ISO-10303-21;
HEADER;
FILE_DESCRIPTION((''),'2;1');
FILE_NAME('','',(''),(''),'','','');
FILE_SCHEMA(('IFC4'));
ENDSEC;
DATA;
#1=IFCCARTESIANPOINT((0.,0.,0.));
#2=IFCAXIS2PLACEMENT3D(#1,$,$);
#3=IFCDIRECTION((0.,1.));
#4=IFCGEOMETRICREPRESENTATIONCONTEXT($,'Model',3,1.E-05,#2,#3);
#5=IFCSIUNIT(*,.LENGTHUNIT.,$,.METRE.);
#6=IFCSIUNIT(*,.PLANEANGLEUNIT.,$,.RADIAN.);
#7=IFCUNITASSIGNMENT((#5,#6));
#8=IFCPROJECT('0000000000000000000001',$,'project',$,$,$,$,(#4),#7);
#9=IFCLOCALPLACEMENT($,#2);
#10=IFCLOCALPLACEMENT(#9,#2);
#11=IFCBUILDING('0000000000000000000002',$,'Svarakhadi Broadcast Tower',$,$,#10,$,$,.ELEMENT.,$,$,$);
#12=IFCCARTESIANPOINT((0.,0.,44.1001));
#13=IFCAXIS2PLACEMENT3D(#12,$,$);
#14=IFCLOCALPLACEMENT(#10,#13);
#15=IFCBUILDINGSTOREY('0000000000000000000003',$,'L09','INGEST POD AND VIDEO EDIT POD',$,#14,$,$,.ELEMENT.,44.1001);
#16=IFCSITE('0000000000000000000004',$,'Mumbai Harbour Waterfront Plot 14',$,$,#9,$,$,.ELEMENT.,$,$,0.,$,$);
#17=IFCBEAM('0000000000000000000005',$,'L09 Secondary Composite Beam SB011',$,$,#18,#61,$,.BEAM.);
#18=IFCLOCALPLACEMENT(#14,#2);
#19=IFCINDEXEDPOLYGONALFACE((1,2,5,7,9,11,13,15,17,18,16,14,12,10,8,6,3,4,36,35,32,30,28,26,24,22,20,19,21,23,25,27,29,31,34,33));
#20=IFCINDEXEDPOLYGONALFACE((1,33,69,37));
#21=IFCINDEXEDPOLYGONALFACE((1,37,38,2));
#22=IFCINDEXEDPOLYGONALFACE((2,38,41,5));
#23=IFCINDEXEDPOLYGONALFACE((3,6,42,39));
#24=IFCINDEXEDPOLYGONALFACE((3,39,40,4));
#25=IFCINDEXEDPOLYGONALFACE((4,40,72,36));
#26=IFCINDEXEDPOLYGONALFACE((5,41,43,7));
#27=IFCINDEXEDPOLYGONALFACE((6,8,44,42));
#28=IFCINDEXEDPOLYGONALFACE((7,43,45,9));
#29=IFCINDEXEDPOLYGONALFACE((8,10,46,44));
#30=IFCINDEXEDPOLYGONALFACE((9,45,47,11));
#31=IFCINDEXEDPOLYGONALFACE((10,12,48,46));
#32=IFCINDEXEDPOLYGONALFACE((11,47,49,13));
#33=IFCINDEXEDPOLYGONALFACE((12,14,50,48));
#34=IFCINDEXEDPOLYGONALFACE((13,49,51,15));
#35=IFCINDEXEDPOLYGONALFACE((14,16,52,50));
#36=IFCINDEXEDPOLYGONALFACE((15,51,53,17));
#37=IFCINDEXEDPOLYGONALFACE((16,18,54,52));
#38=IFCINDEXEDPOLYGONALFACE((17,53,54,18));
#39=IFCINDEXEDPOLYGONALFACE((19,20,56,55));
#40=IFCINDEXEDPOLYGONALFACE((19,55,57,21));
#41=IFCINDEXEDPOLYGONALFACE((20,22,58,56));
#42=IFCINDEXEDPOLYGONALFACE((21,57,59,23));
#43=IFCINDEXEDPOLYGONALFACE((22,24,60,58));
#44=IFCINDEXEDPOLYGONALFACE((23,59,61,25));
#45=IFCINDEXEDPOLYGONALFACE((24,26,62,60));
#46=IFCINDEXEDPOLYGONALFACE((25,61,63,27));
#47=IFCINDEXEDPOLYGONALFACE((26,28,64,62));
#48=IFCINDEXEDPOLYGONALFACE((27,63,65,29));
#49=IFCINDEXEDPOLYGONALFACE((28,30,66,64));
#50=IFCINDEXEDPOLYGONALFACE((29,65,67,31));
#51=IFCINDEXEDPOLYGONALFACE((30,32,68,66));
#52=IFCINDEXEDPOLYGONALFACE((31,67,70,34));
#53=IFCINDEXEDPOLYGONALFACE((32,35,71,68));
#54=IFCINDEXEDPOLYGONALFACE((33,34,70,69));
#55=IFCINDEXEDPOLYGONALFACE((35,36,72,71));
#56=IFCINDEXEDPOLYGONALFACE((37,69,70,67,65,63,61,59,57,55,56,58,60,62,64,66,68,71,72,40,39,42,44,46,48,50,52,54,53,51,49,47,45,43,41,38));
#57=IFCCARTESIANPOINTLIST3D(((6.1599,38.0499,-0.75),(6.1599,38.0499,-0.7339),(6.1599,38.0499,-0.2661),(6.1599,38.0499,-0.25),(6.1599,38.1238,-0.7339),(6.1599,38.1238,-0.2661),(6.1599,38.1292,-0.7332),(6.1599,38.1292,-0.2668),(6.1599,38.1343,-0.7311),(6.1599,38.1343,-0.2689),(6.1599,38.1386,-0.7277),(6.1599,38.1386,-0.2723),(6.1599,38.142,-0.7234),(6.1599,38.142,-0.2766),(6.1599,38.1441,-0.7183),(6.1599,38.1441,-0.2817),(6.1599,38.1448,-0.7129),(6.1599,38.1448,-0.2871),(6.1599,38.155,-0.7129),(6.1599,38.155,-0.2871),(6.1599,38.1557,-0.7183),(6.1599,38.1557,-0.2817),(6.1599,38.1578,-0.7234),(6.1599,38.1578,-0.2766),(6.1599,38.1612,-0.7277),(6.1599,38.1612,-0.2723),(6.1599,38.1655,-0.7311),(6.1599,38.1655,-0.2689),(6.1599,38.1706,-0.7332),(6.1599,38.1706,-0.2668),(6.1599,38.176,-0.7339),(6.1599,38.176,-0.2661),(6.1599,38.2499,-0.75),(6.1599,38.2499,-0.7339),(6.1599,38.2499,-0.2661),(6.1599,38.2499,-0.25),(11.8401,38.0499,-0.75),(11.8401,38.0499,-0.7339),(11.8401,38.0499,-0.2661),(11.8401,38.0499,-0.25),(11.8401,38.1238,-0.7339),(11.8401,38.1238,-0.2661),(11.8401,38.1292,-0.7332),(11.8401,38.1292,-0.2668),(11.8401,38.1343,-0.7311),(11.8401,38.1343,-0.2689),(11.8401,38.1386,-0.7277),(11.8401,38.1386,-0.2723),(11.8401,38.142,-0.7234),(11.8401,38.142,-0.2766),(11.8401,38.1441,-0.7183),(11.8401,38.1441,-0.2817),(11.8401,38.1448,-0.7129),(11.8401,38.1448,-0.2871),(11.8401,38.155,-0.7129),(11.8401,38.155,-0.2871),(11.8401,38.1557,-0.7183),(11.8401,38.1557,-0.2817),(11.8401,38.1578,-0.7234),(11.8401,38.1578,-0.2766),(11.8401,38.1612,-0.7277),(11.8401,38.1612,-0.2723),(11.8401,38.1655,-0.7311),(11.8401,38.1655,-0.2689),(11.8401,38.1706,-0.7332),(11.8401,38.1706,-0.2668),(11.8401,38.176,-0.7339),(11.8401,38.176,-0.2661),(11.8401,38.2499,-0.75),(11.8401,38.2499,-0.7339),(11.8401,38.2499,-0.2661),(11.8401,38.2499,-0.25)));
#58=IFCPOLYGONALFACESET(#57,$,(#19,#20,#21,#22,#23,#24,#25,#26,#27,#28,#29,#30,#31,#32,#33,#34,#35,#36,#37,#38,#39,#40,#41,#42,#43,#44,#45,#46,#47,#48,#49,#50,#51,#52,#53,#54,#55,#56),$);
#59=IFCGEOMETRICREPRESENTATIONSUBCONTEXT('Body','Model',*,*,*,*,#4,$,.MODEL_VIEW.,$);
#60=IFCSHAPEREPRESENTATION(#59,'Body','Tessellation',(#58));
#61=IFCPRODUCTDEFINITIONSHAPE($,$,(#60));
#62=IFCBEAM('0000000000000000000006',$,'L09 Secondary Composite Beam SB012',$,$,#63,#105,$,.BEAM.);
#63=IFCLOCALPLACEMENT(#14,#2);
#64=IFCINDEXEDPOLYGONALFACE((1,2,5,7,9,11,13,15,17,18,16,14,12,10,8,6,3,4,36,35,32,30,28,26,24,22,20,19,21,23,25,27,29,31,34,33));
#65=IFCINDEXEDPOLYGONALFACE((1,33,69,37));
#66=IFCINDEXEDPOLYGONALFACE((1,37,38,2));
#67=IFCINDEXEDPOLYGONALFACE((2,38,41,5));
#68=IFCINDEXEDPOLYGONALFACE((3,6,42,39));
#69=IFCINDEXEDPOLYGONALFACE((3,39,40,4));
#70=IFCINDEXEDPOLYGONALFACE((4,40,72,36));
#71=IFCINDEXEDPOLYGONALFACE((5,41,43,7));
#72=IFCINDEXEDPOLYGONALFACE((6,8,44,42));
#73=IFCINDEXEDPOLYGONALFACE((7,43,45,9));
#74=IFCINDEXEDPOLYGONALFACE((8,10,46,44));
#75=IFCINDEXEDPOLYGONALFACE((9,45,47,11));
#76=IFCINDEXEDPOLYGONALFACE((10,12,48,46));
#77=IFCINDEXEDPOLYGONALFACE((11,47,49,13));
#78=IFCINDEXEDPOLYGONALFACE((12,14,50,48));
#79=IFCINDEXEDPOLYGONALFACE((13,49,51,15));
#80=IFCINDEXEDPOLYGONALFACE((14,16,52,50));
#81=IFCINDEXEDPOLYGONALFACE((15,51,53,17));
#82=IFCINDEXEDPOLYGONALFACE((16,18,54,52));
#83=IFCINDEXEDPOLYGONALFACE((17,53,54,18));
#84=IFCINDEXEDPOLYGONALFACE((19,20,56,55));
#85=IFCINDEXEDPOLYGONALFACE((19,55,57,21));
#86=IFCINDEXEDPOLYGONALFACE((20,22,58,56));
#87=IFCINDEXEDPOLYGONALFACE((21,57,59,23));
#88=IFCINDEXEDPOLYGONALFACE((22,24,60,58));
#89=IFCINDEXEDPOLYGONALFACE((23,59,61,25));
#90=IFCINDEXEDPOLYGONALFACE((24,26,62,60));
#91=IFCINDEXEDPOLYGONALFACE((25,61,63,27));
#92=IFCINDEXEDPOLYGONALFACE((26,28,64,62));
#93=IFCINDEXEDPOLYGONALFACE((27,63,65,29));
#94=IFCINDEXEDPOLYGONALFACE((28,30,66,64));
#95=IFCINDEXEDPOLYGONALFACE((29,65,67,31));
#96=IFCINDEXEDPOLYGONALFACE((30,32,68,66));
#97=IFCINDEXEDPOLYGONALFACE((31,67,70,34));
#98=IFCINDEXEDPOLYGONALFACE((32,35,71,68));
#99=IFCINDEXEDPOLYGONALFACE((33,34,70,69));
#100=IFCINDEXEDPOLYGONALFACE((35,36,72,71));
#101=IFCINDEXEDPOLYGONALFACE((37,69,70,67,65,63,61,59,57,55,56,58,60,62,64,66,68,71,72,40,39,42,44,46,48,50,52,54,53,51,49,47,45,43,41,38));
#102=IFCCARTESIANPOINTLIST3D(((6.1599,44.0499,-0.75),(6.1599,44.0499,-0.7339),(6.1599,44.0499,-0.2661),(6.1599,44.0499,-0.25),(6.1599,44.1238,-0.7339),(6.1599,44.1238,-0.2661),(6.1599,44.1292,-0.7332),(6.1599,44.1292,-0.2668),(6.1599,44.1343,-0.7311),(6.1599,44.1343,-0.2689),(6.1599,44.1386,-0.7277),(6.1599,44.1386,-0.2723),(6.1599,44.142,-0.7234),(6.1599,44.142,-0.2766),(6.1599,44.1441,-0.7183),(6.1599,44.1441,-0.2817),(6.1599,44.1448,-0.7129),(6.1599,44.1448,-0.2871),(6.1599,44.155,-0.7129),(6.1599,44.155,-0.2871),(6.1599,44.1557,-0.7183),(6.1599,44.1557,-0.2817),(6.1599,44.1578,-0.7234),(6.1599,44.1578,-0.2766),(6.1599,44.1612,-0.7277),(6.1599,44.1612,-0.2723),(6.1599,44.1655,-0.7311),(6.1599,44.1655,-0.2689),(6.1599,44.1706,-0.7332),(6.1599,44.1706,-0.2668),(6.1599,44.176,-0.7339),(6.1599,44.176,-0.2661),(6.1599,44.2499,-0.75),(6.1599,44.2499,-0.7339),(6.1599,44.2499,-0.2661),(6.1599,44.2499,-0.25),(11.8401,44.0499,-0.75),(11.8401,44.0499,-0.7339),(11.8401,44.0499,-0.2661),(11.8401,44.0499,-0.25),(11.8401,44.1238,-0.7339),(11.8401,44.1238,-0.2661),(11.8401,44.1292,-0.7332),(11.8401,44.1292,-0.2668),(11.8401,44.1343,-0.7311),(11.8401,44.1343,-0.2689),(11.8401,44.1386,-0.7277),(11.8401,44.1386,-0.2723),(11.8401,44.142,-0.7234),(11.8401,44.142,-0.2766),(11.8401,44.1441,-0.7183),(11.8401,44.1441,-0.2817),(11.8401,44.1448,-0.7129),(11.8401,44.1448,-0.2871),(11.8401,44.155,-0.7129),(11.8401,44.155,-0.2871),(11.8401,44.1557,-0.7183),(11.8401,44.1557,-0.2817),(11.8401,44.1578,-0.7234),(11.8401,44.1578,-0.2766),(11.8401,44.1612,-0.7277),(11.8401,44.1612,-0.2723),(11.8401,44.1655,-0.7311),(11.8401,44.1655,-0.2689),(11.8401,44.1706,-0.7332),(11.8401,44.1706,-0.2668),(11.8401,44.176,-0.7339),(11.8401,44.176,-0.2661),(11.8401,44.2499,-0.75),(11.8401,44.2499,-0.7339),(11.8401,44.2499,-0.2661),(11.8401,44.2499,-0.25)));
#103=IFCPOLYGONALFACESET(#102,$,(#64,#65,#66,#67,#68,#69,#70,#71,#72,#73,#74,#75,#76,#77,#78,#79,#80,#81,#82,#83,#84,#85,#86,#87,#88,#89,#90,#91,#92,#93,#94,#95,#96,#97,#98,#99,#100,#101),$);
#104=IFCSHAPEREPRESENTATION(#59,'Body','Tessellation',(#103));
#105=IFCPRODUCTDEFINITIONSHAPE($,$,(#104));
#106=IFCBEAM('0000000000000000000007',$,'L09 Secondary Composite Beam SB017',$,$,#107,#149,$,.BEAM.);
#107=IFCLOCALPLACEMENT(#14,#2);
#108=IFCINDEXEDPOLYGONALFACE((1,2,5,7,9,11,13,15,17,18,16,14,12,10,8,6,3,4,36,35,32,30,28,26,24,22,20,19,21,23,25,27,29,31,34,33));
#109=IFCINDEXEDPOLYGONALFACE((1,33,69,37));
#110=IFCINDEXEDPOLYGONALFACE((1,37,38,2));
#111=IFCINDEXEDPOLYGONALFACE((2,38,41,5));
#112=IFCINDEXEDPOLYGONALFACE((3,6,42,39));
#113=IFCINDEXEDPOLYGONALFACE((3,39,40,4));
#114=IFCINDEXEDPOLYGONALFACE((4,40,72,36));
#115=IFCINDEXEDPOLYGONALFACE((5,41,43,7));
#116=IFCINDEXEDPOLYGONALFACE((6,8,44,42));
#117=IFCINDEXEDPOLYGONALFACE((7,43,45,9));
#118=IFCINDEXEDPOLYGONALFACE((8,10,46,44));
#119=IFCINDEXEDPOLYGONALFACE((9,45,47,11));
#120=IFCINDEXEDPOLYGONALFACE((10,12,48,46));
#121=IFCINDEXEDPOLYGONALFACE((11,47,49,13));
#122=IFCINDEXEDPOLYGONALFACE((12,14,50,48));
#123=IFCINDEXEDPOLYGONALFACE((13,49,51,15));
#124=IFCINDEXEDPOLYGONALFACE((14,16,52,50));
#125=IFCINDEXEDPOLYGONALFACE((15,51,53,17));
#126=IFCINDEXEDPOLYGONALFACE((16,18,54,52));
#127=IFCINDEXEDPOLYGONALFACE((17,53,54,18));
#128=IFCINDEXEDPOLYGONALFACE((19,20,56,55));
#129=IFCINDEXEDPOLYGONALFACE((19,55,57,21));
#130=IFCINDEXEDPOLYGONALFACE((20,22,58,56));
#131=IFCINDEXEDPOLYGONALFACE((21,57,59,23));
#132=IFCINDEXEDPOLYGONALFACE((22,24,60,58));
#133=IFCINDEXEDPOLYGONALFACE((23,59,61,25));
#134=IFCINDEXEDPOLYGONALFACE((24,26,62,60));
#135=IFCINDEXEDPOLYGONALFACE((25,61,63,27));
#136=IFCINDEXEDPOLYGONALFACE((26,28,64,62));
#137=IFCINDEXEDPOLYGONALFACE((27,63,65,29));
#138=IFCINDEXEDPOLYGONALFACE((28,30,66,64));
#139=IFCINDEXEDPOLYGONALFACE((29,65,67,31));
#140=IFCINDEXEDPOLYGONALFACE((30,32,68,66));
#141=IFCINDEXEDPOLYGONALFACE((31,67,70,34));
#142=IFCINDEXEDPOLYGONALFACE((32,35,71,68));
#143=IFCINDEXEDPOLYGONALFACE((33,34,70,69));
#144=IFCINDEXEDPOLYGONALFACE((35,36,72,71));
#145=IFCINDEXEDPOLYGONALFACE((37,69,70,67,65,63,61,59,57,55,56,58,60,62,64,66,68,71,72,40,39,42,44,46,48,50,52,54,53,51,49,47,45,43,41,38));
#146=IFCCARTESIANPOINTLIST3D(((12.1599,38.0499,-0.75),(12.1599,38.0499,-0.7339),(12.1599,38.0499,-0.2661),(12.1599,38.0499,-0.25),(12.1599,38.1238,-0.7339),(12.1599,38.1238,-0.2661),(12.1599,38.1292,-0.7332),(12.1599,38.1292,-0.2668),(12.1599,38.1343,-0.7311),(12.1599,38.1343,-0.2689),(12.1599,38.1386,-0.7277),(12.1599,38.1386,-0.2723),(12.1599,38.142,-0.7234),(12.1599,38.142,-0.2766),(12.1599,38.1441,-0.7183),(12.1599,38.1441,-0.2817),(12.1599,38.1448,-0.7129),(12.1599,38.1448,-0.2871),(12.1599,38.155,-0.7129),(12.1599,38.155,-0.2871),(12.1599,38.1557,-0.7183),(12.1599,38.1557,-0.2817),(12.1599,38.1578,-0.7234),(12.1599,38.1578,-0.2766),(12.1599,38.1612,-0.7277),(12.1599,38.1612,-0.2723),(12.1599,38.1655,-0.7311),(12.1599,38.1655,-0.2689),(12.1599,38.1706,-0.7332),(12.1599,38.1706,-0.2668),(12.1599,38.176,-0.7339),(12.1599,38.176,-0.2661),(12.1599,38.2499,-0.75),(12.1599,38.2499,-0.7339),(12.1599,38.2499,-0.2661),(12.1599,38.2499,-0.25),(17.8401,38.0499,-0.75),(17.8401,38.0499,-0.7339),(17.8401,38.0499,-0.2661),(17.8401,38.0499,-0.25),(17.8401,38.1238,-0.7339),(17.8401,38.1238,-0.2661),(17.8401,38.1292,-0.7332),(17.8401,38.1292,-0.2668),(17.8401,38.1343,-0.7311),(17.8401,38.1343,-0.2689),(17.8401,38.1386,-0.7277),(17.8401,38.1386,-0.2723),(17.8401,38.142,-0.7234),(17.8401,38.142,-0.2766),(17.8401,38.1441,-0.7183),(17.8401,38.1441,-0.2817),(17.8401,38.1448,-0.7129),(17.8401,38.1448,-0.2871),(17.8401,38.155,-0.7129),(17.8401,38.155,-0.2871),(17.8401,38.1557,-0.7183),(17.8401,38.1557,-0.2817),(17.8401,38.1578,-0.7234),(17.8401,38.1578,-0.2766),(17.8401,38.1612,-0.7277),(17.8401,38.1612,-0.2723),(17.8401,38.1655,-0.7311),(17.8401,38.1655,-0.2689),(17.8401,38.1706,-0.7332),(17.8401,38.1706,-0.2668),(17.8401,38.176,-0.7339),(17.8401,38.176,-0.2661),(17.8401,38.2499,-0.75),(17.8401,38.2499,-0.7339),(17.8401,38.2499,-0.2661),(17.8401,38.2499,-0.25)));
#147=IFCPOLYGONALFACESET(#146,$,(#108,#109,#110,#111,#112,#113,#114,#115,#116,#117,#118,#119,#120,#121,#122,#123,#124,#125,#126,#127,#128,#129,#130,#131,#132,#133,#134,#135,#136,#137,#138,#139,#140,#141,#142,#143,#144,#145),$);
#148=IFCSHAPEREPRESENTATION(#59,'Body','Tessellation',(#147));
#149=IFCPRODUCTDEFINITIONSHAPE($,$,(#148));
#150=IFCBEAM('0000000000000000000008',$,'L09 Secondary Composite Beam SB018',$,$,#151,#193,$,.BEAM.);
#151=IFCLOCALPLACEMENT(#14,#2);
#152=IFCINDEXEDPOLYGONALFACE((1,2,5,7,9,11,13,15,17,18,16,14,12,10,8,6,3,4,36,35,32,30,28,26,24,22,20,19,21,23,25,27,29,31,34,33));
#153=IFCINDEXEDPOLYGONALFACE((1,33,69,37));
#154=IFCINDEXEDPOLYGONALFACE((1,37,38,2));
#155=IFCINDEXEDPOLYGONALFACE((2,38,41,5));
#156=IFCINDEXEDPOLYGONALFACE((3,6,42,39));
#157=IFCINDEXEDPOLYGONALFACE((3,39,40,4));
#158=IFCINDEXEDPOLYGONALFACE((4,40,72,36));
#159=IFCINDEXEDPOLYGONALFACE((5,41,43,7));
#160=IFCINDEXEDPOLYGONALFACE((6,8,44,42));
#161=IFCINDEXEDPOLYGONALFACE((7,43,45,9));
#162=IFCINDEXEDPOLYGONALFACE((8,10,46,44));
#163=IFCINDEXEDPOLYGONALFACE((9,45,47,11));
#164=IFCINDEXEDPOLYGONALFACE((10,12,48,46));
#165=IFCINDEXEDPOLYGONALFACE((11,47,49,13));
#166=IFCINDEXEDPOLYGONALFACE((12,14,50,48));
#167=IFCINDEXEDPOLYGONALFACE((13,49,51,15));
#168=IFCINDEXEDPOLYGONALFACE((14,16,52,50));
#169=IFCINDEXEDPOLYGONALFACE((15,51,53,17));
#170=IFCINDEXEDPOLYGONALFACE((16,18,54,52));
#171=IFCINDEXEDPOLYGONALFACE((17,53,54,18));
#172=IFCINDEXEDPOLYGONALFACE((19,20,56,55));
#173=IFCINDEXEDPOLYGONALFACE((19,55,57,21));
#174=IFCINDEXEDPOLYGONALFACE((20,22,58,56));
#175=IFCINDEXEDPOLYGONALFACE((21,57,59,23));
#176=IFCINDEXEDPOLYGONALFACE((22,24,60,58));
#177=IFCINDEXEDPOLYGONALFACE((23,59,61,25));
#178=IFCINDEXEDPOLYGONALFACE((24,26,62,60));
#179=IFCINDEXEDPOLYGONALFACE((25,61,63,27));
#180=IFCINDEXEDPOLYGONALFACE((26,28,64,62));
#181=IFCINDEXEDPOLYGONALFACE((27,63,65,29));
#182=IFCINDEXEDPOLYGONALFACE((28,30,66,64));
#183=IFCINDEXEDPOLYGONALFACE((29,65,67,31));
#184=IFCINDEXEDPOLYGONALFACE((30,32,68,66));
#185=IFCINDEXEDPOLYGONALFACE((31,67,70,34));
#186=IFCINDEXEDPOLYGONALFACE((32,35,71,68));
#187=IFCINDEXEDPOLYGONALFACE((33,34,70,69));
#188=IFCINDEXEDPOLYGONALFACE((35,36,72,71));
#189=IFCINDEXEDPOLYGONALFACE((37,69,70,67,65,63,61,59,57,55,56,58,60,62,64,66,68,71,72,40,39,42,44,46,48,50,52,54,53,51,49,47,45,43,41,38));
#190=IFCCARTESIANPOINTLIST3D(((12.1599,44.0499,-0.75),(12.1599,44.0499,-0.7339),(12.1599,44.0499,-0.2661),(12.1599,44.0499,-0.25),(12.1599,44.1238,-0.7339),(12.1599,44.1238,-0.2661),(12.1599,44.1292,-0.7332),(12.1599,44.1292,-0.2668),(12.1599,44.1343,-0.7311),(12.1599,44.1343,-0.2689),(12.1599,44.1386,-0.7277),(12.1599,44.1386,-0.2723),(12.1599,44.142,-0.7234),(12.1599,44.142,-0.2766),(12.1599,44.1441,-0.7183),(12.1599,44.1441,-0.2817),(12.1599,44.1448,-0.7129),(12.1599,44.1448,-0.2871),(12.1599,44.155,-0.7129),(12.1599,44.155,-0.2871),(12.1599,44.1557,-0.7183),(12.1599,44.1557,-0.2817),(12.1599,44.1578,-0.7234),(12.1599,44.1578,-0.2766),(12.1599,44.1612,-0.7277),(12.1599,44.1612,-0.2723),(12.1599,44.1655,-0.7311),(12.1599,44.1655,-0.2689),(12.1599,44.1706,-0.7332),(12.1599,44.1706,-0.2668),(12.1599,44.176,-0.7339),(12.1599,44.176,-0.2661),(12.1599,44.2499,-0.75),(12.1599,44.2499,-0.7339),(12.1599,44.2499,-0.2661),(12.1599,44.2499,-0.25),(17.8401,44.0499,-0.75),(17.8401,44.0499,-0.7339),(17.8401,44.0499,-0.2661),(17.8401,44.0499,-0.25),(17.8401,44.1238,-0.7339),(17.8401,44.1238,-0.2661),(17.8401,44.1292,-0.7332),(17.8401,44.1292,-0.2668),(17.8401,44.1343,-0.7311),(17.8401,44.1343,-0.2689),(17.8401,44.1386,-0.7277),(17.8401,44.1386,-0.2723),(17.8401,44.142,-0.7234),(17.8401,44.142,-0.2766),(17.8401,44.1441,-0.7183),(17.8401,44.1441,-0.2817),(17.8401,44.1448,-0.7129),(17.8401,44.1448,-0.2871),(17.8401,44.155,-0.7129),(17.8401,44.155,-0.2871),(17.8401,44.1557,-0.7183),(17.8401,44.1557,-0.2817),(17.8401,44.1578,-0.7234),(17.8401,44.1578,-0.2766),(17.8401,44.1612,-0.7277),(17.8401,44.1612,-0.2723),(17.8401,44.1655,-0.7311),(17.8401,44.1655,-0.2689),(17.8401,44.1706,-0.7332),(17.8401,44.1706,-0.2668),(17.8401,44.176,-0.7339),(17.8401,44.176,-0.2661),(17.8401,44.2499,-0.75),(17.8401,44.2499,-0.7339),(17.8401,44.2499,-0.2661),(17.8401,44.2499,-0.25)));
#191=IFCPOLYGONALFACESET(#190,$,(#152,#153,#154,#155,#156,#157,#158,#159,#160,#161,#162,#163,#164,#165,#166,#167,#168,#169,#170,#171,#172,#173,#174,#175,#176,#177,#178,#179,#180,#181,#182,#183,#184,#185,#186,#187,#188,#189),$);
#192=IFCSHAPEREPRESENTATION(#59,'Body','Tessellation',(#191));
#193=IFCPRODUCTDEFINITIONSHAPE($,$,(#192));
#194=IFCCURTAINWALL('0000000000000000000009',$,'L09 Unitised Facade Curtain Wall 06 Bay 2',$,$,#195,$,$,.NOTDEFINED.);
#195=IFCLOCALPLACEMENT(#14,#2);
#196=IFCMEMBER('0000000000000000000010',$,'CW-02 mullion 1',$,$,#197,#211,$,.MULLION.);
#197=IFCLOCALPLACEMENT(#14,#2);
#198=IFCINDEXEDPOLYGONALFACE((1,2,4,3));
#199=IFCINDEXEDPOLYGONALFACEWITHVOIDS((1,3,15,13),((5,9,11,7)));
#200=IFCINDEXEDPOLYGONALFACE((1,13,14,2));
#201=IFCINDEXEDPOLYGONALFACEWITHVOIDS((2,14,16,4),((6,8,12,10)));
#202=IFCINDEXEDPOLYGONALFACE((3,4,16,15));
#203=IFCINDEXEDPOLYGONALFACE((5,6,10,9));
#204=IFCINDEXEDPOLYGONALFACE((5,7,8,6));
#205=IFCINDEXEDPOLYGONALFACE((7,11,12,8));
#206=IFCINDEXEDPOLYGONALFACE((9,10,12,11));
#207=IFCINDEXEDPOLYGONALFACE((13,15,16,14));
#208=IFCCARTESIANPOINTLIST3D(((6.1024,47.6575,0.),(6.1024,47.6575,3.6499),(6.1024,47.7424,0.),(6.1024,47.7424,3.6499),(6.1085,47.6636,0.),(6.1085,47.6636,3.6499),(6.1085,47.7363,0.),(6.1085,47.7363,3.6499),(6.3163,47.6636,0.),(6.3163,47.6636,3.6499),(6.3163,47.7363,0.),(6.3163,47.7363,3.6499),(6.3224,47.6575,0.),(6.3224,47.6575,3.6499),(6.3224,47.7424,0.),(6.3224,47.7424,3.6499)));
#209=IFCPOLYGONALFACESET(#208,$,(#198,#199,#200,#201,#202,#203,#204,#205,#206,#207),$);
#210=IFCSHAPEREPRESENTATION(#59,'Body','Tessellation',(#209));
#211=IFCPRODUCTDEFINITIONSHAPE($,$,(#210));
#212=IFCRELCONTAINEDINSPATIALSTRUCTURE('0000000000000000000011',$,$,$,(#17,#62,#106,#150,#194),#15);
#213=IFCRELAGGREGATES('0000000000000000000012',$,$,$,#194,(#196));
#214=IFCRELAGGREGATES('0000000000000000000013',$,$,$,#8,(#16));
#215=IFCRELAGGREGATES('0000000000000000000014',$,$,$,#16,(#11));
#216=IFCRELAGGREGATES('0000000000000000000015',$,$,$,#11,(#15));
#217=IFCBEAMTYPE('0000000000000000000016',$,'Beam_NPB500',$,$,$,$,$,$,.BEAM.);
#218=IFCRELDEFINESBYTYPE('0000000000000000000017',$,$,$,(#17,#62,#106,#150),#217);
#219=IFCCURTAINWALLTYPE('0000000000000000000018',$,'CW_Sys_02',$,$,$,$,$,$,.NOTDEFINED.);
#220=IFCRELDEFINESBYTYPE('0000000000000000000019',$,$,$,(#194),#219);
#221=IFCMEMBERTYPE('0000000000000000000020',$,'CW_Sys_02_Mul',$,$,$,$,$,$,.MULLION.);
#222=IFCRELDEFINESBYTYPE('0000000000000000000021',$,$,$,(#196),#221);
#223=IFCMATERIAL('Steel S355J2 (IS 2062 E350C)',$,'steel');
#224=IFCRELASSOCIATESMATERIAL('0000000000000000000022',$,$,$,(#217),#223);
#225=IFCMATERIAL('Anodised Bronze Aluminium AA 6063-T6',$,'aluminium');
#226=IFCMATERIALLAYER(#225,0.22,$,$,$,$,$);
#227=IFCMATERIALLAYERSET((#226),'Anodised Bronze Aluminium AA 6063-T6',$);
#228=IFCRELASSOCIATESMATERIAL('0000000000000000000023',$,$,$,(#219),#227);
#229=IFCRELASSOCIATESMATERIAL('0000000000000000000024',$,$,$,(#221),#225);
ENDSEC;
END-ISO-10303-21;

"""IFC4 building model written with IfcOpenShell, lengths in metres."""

from ifc_helpers import new_model, si_unit, direction, frame, origin, origin_2d, place, context, subcontext, project, spatial, hollow_rectangle, i_section, extrude, material, layer, layer_set, material_profile, profile_set, type_object, element, aggregate, save


model = new_model("IFC4")

# Units and contexts
model_context = context("Model", 3, precision=1e-05, world=origin(), true_north=direction((0.0, 1.0)))
body_context = subcontext(model_context, "Body", "Model", "MODEL_VIEW")
ifc_project = project(units=[si_unit("LENGTHUNIT", "METRE"), si_unit("PLANEANGLEUNIT", "RADIAN")], contexts=[model_context])

# Site, building, storey
site_placement = place(None, origin())
site = spatial("IfcSite", under=ifc_project, at=site_placement, Name="Mumbai Harbour Waterfront Plot 14", CompositionType="ELEMENT", RefElevation=0.0)
building_placement = place(site_placement, origin())
building = spatial("IfcBuilding", under=site, at=building_placement, Name="Svarakhadi Broadcast Tower", CompositionType="ELEMENT")
storey_placement = place(building_placement, frame((0.0, 0.0, 44.1001)))
storey = spatial("IfcBuildingStorey", under=building, at=storey_placement, Name="L09", Description="INGEST POD AND VIDEO EDIT POD", CompositionType="ELEMENT", Elevation=44.1001)

# Beams
ifc_material_1 = material(Name="Steel S355J2 (IS 2062 E350C)", Category="steel")
ifc_material_profile_1 = material_profile(ifc_material_1, i_section(OverallWidth=0.2, OverallDepth=0.5, WebThickness=0.0103, FlangeThickness=0.0161, FilletRadius=0.021, at=origin_2d()), Name="NPB 500x200x91")
ifc_profile_set_1 = profile_set([ifc_material_profile_1], Name="Steel S355J2 (IS 2062 E350C)")
beam_type_1 = type_object("IfcBeamType", Name="Beam_NPB500", PredefinedType="BEAM", material=ifc_profile_set_1)
for number, where, z_axis, x_axis, name in (
    (1, (6.1599, 38.1499, -0.5), (1.0, 0.0, 0.0), (0.0, 1.0, 0.0), "L09 Secondary Composite Beam SB011"),
    (2, (6.1599, 44.1499, -0.5), (1.0, 0.0, 0.0), (0.0, 1.0, 0.0), "L09 Secondary Composite Beam SB012"),
    (3, (12.1599, 38.1499, -0.5), (1.0, 0.0, 0.0), (0.0, 1.0, 0.0), "L09 Secondary Composite Beam SB017"),
    (4, (12.1599, 44.1499, -0.5), (1.0, 0.0, 0.0), (0.0, 1.0, 0.0), "L09 Secondary Composite Beam SB018"),
):
    element("IfcBeam", number, at=place(storey_placement, frame(where, z_axis=z_axis, x_axis=x_axis)), inside=storey, type_object=beam_type_1, Name=name, PredefinedType="BEAM", context=body_context, shape_type="SweptSolid", body=[
        extrude(i_section(OverallWidth=0.2, OverallDepth=0.5, WebThickness=0.0103, FlangeThickness=0.0161, FilletRadius=0.021, at=origin_2d()), origin(), (0.0, 0.0, 1.0), 5.6802),
    ])

# Curtain wall, member
ifc_material_2 = material(Name="Anodised Bronze Aluminium AA 6063-T6", Category="aluminium")
ifc_layer_1 = layer(ifc_material_2, 0.22)
ifc_layer_set_1 = layer_set([ifc_layer_1], Name="Anodised Bronze Aluminium AA 6063-T6")
curtain_wall_type = type_object("IfcCurtainWallType", Name="CW_Sys_02", PredefinedType="NOTDEFINED", material=ifc_layer_set_1)
curtain_wall_1_placement = place(storey_placement, origin())
curtain_wall_1 = element("IfcCurtainWall", 5, at=curtain_wall_1_placement, inside=storey, type_object=curtain_wall_type, Name="L09 Unitised Facade Curtain Wall 06 Bay 2", PredefinedType="NOTDEFINED")
ifc_material_profile_2 = material_profile(ifc_material_2, hollow_rectangle(XDim=0.085, YDim=0.22, WallThickness=0.0061, at=origin_2d()), Name="ALU MULLION 220x85x6")
ifc_profile_set_2 = profile_set([ifc_material_profile_2], Name="Anodised Bronze Aluminium AA 6063-T6")
member_type_1 = type_object("IfcMemberType", Name="CW_Sys_02_Mul", PredefinedType="MULLION", material=ifc_profile_set_2)
member_1_placement = place(storey_placement, frame((6.2124, 47.7, 0.0), z_axis=(0.0, 0.0, 1.0), x_axis=(0.0, 1.0, 0.0)))
member_1 = element("IfcMember", 6, at=member_1_placement, type_object=member_type_1, Name="CW-02 mullion 1", PredefinedType="MULLION", context=body_context, shape_type="SweptSolid", body=[
    extrude(hollow_rectangle(XDim=0.085, YDim=0.22, WallThickness=0.0061, at=origin_2d()), origin(), (0.0, 0.0, 1.0), 3.6499),
])

aggregate(curtain_wall_1, [member_1])

save(model, "model.ifc")
